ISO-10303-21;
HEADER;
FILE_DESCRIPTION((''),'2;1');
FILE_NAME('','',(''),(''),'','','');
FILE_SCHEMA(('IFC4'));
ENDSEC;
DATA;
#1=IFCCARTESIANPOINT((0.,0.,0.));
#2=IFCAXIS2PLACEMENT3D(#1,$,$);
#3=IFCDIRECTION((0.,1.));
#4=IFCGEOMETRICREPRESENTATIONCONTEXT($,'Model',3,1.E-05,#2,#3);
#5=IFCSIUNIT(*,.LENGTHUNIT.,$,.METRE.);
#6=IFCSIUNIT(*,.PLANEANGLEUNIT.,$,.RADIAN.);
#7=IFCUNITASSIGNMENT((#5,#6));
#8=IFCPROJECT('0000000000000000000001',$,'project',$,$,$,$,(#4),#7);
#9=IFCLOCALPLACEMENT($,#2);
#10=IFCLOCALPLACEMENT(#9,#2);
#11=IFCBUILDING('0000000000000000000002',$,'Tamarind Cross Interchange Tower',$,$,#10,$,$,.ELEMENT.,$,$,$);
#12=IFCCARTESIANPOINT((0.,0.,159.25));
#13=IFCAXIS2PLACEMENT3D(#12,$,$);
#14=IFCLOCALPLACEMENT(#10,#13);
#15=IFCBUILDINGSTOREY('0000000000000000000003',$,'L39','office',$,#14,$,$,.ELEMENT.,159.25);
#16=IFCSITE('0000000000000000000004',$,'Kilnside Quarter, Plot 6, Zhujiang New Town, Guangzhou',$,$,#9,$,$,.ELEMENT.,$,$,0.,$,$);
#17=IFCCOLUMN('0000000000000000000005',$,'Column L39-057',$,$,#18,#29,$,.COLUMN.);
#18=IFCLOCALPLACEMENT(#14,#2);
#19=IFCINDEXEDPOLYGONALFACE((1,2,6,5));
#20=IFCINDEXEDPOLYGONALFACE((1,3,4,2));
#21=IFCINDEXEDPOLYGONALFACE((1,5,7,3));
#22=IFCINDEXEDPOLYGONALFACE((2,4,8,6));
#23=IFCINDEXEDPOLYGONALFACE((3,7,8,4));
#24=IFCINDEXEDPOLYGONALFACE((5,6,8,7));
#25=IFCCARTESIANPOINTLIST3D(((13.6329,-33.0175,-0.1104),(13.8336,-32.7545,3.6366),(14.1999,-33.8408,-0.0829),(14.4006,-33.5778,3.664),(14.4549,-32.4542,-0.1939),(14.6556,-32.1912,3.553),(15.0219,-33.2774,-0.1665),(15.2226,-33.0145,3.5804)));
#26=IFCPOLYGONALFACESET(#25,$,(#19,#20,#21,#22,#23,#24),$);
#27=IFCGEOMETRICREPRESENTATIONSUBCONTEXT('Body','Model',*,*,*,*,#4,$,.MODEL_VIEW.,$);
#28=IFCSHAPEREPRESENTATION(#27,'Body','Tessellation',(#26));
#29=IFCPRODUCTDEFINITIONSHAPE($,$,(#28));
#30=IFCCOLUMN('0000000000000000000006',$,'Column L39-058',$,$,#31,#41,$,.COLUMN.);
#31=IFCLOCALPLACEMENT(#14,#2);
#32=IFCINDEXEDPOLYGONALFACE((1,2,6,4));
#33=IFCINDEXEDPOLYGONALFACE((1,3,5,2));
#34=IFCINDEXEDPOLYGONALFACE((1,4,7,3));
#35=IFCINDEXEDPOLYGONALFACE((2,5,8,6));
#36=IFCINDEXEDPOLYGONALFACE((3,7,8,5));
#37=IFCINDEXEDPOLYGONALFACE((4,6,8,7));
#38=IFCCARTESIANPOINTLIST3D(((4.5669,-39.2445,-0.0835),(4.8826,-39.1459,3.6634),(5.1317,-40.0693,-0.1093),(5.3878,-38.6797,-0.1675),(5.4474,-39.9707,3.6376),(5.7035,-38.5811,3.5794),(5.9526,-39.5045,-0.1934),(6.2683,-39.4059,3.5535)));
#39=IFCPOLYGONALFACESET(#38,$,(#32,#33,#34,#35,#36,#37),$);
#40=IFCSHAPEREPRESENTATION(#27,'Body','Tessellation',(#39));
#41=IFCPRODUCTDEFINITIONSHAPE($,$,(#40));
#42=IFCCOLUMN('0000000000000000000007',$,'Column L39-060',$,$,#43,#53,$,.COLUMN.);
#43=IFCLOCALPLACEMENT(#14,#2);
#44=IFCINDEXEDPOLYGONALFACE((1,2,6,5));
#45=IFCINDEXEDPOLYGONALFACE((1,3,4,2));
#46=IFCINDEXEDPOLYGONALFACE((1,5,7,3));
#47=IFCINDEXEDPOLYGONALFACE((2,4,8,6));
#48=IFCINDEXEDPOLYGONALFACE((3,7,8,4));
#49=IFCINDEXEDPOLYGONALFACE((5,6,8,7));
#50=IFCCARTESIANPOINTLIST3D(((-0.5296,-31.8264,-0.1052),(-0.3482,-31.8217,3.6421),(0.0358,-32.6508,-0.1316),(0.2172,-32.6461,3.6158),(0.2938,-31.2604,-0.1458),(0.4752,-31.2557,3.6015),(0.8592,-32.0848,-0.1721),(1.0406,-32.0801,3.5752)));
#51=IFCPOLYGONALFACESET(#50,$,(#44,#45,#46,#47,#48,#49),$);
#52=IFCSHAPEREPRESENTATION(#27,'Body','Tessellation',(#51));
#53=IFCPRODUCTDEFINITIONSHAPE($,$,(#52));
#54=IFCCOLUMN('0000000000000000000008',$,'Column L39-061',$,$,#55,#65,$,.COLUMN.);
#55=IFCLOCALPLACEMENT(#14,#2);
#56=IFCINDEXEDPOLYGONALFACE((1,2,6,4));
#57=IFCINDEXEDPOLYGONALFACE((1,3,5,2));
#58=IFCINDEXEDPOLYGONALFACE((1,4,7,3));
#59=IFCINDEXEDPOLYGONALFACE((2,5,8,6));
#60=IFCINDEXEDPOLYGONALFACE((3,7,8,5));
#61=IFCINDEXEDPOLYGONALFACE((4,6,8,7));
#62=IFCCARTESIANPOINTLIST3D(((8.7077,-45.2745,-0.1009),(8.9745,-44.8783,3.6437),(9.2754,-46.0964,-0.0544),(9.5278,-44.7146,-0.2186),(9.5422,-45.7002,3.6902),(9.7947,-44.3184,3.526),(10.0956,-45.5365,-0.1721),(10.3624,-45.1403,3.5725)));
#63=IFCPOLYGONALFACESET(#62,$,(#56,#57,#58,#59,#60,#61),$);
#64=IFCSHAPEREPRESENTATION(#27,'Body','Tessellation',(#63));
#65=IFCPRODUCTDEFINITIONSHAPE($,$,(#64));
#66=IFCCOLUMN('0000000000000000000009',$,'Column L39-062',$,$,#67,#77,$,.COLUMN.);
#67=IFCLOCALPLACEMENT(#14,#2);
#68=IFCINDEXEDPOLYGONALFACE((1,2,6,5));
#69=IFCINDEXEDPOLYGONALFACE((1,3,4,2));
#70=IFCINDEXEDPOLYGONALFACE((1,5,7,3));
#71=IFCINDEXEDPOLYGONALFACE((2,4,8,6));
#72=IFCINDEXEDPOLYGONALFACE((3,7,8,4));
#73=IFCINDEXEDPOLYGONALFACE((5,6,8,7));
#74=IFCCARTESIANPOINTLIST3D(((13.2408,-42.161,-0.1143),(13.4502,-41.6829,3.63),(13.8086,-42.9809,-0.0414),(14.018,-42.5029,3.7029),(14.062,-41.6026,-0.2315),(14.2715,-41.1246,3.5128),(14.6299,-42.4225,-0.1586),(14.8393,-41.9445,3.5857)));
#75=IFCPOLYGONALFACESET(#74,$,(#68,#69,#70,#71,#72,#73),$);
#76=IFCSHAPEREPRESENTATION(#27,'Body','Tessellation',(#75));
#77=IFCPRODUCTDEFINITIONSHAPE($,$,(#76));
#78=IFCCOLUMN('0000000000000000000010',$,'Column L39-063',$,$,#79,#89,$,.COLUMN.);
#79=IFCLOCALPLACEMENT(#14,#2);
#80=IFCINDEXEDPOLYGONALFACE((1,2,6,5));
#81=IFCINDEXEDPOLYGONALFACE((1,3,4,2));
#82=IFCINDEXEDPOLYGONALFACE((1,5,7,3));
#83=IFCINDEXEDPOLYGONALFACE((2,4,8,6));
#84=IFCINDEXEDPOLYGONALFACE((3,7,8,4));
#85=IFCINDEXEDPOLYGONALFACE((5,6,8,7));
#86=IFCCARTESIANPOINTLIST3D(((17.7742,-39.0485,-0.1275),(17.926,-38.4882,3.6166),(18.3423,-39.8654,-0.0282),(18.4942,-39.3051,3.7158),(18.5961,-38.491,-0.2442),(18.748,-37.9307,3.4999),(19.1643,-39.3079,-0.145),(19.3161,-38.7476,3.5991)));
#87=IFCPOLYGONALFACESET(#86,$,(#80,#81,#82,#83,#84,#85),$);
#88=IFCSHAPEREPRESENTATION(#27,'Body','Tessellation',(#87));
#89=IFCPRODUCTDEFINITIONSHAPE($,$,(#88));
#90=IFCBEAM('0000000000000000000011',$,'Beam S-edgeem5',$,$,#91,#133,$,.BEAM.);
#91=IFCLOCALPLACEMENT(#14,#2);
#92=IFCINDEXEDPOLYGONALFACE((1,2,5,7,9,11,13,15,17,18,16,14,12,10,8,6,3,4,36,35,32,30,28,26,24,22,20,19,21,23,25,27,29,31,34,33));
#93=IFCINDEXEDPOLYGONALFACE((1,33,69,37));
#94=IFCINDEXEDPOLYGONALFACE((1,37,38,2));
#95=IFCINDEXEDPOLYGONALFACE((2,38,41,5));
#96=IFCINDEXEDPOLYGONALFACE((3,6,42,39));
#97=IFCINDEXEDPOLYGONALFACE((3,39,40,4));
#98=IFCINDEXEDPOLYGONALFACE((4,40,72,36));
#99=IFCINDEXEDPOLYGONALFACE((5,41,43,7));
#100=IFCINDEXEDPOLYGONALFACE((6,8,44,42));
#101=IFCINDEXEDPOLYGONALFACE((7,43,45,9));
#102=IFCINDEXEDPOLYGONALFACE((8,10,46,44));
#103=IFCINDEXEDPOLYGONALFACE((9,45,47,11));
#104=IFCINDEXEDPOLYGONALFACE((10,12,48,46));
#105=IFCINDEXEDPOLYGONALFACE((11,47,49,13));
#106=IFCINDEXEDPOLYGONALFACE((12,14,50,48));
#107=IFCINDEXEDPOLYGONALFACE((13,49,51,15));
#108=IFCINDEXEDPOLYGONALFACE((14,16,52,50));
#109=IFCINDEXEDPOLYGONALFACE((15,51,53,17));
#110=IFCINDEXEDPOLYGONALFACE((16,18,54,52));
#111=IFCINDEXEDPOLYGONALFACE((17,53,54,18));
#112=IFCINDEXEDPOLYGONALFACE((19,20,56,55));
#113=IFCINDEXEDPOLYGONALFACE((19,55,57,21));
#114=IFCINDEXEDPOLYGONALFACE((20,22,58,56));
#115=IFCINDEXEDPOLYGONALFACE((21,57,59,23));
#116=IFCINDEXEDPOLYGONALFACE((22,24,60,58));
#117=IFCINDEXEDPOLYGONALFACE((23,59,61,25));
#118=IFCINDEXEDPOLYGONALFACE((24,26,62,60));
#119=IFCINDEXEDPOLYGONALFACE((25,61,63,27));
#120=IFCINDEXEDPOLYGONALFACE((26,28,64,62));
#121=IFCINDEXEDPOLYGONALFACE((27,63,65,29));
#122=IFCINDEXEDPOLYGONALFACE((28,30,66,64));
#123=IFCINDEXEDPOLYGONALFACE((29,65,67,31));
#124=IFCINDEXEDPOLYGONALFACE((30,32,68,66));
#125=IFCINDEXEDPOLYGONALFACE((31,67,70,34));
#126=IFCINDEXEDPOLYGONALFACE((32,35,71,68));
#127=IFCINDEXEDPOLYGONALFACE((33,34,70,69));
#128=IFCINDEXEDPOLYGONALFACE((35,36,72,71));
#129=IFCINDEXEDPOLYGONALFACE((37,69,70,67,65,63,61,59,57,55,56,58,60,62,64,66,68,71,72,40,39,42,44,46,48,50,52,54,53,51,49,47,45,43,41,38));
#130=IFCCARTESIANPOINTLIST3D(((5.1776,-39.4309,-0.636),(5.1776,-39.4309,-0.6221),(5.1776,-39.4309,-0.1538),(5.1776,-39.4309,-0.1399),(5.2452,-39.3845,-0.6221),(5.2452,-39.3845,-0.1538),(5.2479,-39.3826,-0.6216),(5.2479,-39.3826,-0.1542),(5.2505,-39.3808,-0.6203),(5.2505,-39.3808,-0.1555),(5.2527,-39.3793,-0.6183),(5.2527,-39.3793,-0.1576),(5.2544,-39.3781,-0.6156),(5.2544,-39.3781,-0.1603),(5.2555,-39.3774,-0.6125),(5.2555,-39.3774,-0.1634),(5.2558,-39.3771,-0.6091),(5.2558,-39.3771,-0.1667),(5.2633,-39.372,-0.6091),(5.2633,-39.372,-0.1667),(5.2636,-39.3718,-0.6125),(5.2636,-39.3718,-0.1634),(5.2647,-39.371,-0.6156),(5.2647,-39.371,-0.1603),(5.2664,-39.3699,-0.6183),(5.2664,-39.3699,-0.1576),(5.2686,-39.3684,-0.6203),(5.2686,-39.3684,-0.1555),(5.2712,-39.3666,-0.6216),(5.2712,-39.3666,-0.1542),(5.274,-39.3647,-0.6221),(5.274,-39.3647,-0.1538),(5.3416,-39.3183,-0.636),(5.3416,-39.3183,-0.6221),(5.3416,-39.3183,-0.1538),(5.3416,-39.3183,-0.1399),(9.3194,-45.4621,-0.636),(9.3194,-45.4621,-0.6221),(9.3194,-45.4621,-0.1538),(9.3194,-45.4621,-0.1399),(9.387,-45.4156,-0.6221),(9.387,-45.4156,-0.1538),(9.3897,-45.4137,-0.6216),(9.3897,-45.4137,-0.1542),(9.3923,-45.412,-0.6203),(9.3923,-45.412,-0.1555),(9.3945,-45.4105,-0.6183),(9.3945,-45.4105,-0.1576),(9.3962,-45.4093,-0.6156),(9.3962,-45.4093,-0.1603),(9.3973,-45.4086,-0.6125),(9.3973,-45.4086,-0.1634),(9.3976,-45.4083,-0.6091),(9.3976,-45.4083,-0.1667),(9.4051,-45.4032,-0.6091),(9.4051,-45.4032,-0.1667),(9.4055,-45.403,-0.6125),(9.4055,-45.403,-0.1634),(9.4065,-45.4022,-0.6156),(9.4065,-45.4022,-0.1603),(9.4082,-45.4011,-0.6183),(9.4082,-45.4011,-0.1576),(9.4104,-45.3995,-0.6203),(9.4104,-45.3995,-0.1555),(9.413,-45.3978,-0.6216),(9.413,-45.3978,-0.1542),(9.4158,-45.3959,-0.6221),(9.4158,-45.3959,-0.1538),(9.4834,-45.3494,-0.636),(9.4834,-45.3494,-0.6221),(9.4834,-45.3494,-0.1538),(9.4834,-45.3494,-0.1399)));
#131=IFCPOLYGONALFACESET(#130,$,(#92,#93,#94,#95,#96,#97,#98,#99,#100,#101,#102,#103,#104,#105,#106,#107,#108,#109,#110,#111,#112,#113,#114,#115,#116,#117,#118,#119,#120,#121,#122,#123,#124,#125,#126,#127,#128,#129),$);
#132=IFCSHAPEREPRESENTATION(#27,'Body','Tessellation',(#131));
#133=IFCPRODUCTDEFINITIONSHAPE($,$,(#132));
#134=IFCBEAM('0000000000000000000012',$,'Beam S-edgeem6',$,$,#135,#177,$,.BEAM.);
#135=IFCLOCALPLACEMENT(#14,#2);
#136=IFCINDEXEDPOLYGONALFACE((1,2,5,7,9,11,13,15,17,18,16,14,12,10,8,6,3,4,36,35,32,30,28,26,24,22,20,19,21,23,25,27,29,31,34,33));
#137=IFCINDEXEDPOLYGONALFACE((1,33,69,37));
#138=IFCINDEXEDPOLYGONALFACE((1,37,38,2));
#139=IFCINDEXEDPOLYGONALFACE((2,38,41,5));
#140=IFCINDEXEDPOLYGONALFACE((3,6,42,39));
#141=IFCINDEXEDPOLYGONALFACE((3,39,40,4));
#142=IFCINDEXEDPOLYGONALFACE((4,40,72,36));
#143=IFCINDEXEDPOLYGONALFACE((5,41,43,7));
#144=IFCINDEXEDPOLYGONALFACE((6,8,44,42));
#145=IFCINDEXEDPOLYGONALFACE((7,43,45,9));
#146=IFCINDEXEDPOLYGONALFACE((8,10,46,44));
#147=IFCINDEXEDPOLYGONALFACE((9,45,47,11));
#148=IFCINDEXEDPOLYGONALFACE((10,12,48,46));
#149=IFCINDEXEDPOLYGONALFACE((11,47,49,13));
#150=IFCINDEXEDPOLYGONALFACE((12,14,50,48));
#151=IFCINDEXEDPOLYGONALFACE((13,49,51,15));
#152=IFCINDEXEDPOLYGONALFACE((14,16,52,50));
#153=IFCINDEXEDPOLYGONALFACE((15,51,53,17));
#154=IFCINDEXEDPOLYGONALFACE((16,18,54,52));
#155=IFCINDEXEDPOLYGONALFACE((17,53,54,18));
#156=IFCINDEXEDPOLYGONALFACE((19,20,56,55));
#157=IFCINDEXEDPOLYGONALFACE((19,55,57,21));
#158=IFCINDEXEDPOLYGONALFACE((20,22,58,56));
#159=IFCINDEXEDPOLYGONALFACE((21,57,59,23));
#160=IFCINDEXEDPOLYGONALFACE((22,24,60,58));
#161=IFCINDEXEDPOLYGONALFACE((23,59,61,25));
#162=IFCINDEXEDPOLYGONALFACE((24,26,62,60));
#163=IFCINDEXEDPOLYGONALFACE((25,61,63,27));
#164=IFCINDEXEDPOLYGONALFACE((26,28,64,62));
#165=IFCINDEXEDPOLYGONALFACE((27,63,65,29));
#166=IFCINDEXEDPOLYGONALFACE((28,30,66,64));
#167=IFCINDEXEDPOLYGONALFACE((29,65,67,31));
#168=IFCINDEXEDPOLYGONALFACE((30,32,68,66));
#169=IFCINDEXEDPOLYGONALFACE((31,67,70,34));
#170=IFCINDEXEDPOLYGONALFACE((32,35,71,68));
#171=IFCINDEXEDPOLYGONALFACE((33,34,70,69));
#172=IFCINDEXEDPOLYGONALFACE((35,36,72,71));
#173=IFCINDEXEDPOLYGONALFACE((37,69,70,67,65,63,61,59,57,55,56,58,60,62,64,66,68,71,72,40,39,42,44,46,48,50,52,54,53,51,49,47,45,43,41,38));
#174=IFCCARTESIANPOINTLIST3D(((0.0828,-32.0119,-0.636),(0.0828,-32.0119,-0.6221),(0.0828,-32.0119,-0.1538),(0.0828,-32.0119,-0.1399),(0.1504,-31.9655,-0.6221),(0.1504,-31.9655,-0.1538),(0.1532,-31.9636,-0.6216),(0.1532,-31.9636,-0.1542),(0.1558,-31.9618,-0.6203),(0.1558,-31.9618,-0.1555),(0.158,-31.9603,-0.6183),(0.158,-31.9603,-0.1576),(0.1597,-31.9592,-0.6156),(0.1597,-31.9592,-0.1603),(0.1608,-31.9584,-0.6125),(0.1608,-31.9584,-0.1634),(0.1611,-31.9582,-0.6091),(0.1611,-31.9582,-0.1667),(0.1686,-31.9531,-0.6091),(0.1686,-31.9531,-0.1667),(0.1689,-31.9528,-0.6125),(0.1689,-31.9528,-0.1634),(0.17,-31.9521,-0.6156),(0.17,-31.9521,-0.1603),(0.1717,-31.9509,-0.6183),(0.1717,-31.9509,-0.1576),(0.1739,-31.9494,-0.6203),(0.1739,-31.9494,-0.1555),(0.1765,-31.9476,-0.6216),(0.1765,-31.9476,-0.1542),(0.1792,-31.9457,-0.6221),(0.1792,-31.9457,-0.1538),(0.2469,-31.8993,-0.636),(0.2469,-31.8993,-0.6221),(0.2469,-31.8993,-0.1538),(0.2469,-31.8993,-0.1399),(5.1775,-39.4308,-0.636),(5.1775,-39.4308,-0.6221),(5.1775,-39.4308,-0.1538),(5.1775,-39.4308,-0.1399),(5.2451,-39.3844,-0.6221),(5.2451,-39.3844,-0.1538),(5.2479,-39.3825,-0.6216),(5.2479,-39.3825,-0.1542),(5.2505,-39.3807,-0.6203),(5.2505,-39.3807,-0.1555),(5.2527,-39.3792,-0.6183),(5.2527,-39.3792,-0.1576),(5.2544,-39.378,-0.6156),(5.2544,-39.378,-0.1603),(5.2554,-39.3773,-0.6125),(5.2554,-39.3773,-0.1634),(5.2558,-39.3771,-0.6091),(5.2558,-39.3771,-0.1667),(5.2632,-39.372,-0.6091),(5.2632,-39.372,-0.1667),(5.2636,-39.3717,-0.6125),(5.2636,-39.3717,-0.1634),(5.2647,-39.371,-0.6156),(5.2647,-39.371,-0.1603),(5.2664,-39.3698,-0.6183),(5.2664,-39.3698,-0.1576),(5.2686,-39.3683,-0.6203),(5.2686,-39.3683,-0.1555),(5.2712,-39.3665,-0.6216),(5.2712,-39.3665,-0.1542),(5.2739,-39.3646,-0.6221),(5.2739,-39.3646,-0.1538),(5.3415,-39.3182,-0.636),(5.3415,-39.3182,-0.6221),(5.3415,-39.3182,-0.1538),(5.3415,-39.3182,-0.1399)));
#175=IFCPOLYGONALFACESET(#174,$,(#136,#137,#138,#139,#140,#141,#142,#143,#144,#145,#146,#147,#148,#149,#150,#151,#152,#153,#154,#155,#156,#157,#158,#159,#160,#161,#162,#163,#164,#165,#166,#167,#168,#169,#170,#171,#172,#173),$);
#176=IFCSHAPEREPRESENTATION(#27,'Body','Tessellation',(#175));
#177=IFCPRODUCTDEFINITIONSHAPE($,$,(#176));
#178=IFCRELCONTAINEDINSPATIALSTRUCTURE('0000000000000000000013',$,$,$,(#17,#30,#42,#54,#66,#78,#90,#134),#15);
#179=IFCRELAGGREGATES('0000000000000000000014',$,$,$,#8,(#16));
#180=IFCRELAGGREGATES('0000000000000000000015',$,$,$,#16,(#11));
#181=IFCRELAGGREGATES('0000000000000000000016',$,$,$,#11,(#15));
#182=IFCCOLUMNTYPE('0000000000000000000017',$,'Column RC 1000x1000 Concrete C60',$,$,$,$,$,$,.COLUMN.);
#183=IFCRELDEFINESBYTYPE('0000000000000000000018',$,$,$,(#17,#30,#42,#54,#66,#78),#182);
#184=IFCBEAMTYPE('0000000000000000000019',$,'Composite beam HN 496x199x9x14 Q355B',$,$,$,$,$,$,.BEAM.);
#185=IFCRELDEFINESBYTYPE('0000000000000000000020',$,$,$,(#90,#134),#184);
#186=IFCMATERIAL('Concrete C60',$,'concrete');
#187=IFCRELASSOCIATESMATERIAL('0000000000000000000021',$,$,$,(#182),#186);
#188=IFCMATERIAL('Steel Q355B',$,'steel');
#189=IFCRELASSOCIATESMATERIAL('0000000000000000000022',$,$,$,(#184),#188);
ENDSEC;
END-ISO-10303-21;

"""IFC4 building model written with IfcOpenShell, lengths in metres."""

from ifc_helpers import new_model, si_unit, direction, frame, origin, origin_2d, place, context, subcontext, project, spatial, rectangle, i_section, extrude, material, material_profile, profile_set, type_object, element, save


model = new_model("IFC4")

# Units and contexts
model_context = context("Model", 3, precision=1e-05, world=origin(), true_north=direction((0.0, 1.0)))
body_context = subcontext(model_context, "Body", "Model", "MODEL_VIEW")
ifc_project = project(units=[si_unit("LENGTHUNIT", "METRE"), si_unit("PLANEANGLEUNIT", "RADIAN")], contexts=[model_context])

# Site, building, storey
site_placement = place(None, origin())
site = spatial("IfcSite", under=ifc_project, at=site_placement, Name="Kilnside Quarter, Plot 6, Zhujiang New Town, Guangzhou", CompositionType="ELEMENT", RefElevation=0.0)
building_placement = place(site_placement, origin())
building = spatial("IfcBuilding", under=site, at=building_placement, Name="Tamarind Cross Interchange Tower", CompositionType="ELEMENT")
storey_placement = place(building_placement, frame((0.0, 0.0, 159.25)))
storey = spatial("IfcBuildingStorey", under=building, at=storey_placement, Name="L39", Description="office", CompositionType="ELEMENT", Elevation=159.25)

# Columns
ifc_material_1 = material(Name="Concrete C60", Category="concrete")
ifc_material_profile_1 = material_profile(ifc_material_1, rectangle(XDim=1.0, YDim=1.0, at=origin_2d()), Name="RC 1000x1000")
ifc_profile_set_1 = profile_set([ifc_material_profile_1], Name="Concrete C60")
column_type = type_object("IfcColumnType", Name="Column RC 1000x1000 Concrete C60", PredefinedType="COLUMN", material=ifc_profile_set_1)
for number, where, z_axis, x_axis, name in (
    (1, (14.3274, -33.1475, -0.1384), (0.053353, 0.069905, 0.996126), (-0.822, -0.563324, 0.083559), "Column L39-057"),
    (2, (5.2598, -39.3745, -0.1384), (0.083925, 0.026222, 0.996127), (-0.564823, 0.824806, 0.025874), "Column L39-058"),
):
    element("IfcColumn", number, at=place(storey_placement, frame(where, z_axis=z_axis, x_axis=x_axis)), inside=storey, type_object=column_type, Name=name, PredefinedType="COLUMN", context=body_context, shape_type="SweptSolid", body=[
        extrude(rectangle(XDim=1.0, YDim=1.0, at=origin_2d()), origin(), (0.0, 0.0, 1.0), 3.7615),
    ])
column_1_placement = place(storey_placement, frame((0.1648, -31.9556, -0.1387), z_axis=(0.04835, 0.001236, 0.99883), x_axis=(-0.565379, 0.82441, 0.026348)))
element("IfcColumn", 3, at=column_1_placement, inside=storey, type_object=column_type, Name="Column L39-060", PredefinedType="COLUMN", context=body_context, shape_type="SweptSolid", body=[
    extrude(rectangle(XDim=1.0, YDim=1.0, at=origin_2d()), origin(), (0.0, 0.0, 1.0), 3.7517),
])
column_2_placement = place(storey_placement, frame((9.4016, -45.4055, -0.1365), z_axis=(0.070688, 0.104965, 0.99196), x_axis=(-0.820182, -0.559867, 0.11769)))
element("IfcColumn", 4, at=column_2_placement, inside=storey, type_object=column_type, Name="Column L39-061", PredefinedType="COLUMN", context=body_context, shape_type="SweptSolid", body=[
    extrude(rectangle(XDim=1.0, YDim=1.0, at=origin_2d()), origin(), (0.0, 0.0, 1.0), 3.7749),
])
column_3_placement = place(storey_placement, frame((13.9353, -42.2917, -0.1365), z_axis=(0.055408, 0.126443, 0.990425), x_axis=(-0.821292, -0.558334, 0.117225)))
element("IfcColumn", 5, at=column_3_placement, inside=storey, type_object=column_type, Name="Column L39-062", PredefinedType="COLUMN", context=body_context, shape_type="SweptSolid", body=[
    extrude(rectangle(XDim=1.0, YDim=1.0, at=origin_2d()), origin(), (0.0, 0.0, 1.0), 3.7805),
])
column_4_placement = place(storey_placement, frame((18.4692, -39.1782, -0.1362), z_axis=(0.040079, 0.147881, 0.988193), x_axis=(-0.82194, -0.557478, 0.116762)))
element("IfcColumn", 6, at=column_4_placement, inside=storey, type_object=column_type, Name="Column L39-063", PredefinedType="COLUMN", context=body_context, shape_type="SweptSolid", body=[
    extrude(rectangle(XDim=1.0, YDim=1.0, at=origin_2d()), origin(), (0.0, 0.0, 1.0), 3.7888),
])

# Beams
ifc_material_2 = material(Name="Steel Q355B", Category="steel")
ifc_material_profile_2 = material_profile(ifc_material_2, i_section(OverallWidth=0.199, OverallDepth=0.4961, WebThickness=0.009, FlangeThickness=0.0139, FilletRadius=0.0129, at=origin_2d()), Name="HN 496x199x9x14")
ifc_profile_set_2 = profile_set([ifc_material_profile_2], Name="Steel Q355B")
beam_type_1 = type_object("IfcBeamType", Name="Composite beam HN 496x199x9x14 Q355B", PredefinedType="BEAM", material=ifc_profile_set_2)
beam_1_placement = place(storey_placement, frame((9.4014, -45.4058, -0.3879), z_axis=(-0.566098, 0.824338, 0.0), x_axis=(-0.824338, -0.566098, 0.0)))
element("IfcBeam", 7, at=beam_1_placement, inside=storey, type_object=beam_type_1, Name="Beam S-edgeem5", PredefinedType="BEAM", context=body_context, shape_type="SweptSolid", body=[
    extrude(i_section(OverallWidth=0.199, OverallDepth=0.4961, WebThickness=0.009, FlangeThickness=0.0139, FilletRadius=0.0129, at=origin_2d()), origin(), (0.0, 0.0, 1.0), 7.3164),
])
beam_2_placement = place(storey_placement, frame((5.2595, -39.3745, -0.3879), z_axis=(-0.566091, 0.824343, 0.0), x_axis=(-0.824343, -0.566091, 0.0)))
element("IfcBeam", 8, at=beam_2_placement, inside=storey, type_object=beam_type_1, Name="Beam S-edgeem6", PredefinedType="BEAM", context=body_context, shape_type="SweptSolid", body=[
    extrude(i_section(OverallWidth=0.199, OverallDepth=0.4961, WebThickness=0.009, FlangeThickness=0.0139, FilletRadius=0.0129, at=origin_2d()), origin(), (0.0, 0.0, 1.0), 8.9998),
])

save(model, "model.ifc")
